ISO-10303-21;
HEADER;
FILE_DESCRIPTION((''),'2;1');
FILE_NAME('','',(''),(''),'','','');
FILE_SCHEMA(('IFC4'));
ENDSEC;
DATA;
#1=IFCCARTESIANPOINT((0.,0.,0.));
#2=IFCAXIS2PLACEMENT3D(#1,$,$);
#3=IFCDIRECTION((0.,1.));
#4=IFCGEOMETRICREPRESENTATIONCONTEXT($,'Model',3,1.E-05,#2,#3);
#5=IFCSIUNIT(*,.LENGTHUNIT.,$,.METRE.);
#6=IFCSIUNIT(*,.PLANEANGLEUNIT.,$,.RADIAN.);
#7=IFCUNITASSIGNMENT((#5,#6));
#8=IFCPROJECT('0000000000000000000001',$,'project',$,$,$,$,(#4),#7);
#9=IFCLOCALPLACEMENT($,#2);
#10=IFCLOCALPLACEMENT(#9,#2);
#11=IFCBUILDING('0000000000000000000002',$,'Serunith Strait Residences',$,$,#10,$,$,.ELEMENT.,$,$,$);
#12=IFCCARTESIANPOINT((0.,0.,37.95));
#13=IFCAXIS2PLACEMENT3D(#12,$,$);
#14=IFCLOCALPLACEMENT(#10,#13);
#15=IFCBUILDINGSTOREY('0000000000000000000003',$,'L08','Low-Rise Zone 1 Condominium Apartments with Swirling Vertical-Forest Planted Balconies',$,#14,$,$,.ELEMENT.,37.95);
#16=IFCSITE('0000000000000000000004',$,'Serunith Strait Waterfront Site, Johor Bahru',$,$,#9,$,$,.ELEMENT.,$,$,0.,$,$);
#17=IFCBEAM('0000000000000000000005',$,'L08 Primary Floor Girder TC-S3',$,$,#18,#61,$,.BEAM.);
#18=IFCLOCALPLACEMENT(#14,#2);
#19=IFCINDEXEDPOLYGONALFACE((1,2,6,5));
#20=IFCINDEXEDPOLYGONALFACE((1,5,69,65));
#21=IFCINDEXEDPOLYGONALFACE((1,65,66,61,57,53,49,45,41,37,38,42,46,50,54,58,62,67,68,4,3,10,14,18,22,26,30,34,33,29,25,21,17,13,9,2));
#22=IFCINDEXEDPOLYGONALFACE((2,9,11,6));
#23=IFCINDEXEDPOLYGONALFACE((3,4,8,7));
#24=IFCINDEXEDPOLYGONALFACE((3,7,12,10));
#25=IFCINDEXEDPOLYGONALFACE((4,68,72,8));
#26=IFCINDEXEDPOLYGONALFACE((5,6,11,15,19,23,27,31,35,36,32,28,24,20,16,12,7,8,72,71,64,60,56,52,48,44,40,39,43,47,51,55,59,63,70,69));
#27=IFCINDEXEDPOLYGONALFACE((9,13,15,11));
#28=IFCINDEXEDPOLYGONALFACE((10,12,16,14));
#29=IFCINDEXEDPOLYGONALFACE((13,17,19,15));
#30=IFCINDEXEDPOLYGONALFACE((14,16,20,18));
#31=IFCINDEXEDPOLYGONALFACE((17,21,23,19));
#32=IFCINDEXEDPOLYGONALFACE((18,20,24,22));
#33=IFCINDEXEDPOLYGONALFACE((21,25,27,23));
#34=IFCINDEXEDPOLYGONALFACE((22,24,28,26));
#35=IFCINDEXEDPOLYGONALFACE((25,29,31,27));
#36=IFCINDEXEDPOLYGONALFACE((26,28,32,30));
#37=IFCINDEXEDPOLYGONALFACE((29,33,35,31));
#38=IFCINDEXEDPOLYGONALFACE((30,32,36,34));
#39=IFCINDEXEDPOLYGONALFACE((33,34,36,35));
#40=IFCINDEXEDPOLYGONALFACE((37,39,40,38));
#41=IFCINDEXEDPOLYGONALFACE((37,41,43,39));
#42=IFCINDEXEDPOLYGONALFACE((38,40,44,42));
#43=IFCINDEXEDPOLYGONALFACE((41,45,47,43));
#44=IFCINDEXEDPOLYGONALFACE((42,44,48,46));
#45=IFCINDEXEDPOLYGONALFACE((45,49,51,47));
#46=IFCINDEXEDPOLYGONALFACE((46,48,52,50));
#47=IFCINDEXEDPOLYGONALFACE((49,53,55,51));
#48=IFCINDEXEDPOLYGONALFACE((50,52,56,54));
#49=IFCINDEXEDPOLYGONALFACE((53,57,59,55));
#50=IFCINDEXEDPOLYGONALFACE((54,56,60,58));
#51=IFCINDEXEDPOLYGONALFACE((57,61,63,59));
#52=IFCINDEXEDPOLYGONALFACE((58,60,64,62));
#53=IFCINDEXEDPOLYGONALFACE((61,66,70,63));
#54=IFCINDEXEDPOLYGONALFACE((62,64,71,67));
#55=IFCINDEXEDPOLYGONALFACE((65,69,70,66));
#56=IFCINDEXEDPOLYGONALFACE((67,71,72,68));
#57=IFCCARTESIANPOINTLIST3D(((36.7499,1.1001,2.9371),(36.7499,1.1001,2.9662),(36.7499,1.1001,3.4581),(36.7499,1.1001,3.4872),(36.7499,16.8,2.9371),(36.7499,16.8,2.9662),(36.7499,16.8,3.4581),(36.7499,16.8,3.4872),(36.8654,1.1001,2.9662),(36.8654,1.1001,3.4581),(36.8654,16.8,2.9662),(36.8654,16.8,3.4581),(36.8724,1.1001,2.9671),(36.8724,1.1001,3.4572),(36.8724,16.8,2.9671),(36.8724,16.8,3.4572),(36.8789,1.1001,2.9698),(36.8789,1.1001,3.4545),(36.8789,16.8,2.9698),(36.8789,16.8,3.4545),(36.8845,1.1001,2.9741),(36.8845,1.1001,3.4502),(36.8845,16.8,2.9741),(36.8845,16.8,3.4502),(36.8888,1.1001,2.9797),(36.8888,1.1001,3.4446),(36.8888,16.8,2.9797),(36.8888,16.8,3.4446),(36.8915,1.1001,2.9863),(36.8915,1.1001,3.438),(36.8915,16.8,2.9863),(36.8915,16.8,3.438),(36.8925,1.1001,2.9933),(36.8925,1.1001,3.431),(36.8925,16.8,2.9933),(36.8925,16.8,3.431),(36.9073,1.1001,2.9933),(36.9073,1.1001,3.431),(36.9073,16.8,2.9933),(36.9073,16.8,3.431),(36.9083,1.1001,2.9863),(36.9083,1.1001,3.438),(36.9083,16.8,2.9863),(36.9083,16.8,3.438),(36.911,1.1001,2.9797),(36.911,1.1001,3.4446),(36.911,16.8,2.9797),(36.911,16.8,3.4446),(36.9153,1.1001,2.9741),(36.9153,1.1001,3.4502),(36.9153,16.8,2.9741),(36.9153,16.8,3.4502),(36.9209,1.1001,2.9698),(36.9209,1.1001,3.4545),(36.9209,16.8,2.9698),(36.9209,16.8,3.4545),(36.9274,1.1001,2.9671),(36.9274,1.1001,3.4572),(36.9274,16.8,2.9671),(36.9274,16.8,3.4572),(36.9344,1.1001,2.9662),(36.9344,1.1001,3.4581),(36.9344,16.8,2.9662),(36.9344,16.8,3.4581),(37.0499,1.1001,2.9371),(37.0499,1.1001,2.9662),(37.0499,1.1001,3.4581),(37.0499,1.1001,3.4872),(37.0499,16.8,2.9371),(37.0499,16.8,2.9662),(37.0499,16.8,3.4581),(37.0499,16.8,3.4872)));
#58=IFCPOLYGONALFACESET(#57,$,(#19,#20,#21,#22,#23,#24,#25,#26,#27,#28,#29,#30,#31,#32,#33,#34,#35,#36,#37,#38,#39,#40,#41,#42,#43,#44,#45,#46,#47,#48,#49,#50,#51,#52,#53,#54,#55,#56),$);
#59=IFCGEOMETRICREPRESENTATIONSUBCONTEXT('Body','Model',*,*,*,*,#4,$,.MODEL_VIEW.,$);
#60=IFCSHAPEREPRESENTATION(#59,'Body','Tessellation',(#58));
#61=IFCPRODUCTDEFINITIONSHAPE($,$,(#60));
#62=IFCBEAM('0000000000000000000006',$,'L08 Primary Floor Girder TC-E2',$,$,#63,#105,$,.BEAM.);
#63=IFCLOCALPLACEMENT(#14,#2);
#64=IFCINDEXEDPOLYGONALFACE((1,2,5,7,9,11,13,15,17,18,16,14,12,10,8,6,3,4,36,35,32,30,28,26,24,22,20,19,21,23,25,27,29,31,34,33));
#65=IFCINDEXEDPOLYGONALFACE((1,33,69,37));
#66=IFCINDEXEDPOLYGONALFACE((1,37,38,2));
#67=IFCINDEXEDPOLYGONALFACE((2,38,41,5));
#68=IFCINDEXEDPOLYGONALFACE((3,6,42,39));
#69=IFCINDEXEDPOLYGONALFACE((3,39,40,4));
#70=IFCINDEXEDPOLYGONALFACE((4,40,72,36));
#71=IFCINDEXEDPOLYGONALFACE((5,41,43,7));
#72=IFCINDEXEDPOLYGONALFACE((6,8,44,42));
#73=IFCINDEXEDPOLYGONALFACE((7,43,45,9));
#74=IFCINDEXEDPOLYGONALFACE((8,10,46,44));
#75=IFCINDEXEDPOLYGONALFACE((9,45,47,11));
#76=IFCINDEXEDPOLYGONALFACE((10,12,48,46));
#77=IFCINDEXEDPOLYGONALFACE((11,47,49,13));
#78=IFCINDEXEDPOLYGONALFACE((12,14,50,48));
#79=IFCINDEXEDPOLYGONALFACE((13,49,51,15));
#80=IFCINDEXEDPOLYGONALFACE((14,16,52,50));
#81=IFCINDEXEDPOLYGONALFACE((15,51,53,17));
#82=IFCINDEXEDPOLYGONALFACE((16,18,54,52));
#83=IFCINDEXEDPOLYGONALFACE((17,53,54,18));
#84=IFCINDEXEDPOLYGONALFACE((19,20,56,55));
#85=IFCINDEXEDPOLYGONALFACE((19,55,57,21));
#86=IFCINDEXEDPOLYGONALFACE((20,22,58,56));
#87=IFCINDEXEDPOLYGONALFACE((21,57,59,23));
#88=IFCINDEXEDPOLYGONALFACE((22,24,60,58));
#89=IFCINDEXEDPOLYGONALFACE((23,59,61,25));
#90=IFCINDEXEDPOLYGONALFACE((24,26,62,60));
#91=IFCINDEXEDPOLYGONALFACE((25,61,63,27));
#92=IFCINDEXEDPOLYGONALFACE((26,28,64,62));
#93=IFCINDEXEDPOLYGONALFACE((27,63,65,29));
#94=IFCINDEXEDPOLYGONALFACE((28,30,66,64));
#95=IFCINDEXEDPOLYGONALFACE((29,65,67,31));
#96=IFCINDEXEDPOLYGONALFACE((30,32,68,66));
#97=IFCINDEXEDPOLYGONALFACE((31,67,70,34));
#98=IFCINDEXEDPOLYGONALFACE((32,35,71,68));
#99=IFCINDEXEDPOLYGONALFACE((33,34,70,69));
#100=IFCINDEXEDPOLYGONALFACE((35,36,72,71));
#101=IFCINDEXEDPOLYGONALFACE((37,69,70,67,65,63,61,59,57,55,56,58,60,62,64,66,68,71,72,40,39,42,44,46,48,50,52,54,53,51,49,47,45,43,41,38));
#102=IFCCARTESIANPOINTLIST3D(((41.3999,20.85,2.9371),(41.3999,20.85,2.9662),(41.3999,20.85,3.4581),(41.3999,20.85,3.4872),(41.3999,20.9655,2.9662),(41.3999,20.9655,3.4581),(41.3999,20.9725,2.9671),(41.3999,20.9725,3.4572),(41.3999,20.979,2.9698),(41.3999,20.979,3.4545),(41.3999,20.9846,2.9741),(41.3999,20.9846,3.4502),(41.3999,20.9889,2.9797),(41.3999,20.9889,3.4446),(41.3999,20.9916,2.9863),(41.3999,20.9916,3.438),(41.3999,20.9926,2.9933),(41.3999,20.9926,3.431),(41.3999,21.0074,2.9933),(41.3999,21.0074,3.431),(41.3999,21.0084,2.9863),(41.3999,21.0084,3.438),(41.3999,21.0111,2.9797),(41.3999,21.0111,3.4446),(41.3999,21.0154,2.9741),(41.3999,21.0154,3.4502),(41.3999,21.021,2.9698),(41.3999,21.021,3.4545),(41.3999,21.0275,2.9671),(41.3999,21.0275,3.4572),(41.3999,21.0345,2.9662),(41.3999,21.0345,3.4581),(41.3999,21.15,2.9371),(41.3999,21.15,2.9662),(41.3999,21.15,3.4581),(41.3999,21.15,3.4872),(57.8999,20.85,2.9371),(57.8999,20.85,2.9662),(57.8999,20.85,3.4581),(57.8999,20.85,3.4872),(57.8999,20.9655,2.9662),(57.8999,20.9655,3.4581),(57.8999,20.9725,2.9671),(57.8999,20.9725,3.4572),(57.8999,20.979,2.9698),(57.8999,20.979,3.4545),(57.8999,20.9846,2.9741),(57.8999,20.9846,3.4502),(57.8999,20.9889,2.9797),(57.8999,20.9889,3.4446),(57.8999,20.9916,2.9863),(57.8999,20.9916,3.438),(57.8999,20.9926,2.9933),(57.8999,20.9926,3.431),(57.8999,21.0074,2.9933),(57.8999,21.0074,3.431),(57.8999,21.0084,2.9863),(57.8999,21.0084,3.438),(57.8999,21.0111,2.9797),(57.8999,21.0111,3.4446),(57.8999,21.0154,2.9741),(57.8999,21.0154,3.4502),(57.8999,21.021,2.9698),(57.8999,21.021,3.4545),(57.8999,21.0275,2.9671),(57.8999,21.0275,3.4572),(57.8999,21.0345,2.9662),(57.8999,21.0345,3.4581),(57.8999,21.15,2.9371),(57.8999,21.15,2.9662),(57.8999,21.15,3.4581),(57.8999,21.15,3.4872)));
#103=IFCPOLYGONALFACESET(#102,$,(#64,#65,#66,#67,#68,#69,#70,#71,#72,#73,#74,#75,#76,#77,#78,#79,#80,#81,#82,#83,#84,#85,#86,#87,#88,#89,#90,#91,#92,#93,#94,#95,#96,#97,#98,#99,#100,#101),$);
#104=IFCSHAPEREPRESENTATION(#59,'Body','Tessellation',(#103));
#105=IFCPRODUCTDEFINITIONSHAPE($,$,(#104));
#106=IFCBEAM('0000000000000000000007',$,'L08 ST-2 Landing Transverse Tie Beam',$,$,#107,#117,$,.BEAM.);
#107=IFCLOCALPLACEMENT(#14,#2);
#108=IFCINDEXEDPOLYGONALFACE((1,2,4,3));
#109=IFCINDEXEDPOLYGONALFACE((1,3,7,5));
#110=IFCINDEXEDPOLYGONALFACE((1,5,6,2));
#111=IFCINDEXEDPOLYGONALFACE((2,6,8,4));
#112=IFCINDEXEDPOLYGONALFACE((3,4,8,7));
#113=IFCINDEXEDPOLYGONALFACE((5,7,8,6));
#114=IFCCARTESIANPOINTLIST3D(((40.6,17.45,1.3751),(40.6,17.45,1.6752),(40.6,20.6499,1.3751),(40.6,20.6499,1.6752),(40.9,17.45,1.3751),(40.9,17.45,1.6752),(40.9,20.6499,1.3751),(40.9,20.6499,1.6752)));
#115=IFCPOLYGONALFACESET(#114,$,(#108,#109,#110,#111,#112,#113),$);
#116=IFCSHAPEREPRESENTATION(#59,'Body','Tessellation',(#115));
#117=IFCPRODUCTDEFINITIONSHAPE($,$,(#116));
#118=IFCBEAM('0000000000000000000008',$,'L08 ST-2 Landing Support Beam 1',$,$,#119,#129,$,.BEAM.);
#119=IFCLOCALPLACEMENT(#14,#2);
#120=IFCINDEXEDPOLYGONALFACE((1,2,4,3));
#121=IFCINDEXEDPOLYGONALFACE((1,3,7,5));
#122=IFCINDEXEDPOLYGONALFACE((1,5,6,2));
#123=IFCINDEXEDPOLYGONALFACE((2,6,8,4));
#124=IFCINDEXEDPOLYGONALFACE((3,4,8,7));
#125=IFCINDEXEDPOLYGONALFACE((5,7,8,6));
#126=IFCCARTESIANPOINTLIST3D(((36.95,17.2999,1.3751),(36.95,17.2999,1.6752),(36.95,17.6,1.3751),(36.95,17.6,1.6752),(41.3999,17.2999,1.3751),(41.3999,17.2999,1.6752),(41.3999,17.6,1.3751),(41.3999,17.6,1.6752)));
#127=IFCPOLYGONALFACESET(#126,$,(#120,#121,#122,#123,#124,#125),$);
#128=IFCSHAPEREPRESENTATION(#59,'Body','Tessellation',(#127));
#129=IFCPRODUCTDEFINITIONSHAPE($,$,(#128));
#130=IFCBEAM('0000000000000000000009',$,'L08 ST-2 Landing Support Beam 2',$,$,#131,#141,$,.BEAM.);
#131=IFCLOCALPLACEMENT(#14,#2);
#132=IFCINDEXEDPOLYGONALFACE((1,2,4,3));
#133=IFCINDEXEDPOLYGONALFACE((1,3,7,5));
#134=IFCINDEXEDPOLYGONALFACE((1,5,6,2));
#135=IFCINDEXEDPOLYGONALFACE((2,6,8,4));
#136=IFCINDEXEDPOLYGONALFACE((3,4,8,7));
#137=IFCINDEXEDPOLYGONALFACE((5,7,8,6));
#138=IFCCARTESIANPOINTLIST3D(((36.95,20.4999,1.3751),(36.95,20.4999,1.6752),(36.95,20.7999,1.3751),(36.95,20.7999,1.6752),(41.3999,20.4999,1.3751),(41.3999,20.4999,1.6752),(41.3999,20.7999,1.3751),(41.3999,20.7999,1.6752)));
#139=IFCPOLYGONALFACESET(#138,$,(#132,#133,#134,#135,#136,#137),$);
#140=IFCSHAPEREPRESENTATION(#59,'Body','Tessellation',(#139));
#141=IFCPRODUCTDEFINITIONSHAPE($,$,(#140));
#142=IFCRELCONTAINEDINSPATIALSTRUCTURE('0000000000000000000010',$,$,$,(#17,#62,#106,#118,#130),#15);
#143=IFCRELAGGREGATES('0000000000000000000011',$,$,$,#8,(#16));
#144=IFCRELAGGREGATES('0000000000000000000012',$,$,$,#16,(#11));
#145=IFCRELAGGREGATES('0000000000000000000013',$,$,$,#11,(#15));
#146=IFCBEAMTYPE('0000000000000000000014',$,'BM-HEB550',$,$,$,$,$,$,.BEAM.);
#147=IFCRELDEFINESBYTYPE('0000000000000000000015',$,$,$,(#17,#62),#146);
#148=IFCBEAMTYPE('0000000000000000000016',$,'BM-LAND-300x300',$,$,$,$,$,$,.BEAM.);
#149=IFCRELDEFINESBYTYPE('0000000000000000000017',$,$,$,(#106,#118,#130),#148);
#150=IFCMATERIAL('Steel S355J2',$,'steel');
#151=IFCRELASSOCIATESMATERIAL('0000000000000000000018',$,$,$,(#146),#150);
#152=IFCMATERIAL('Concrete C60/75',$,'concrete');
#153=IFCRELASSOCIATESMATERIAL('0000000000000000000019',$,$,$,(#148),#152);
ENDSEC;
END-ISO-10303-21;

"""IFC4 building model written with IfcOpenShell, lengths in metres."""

from ifc_helpers import new_model, si_unit, direction, frame, origin, origin_2d, place, context, subcontext, project, spatial, rectangle, i_section, extrude, source, transform, mapped, material, material_profile, profile_set, type_object, element, save


model = new_model("IFC4")

# Units and contexts
model_context = context("Model", 3, precision=1e-05, world=origin(), true_north=direction((0.0, 1.0)))
body_context = subcontext(model_context, "Body", "Model", "MODEL_VIEW")
ifc_project = project(units=[si_unit("LENGTHUNIT", "METRE"), si_unit("PLANEANGLEUNIT", "RADIAN")], contexts=[model_context])

# Site, building, storey
site_placement = place(None, origin())
site = spatial("IfcSite", under=ifc_project, at=site_placement, Name="Serunith Strait Waterfront Site, Johor Bahru", CompositionType="ELEMENT", RefElevation=0.0)
building_placement = place(site_placement, origin())
building = spatial("IfcBuilding", under=site, at=building_placement, Name="Serunith Strait Residences", CompositionType="ELEMENT")
storey_placement = place(building_placement, frame((0.0, 0.0, 37.95)))
storey = spatial("IfcBuildingStorey", under=building, at=storey_placement, Name="L08", Description="Low-Rise Zone 1 Condominium Apartments with Swirling Vertical-Forest Planted Balconies", CompositionType="ELEMENT", Elevation=37.95)

# Beams
ifc_material_1 = material(Name="Steel S355J2", Category="steel")
ifc_material_profile_1 = material_profile(ifc_material_1, i_section(OverallWidth=0.3, OverallDepth=0.55, WebThickness=0.0149, FlangeThickness=0.0291, FilletRadius=0.0271, at=origin_2d()), Name="HEB 550")
ifc_profile_set_1 = profile_set([ifc_material_profile_1], Name="Steel S355J2")
beam_type_1 = type_object("IfcBeamType", Name="BM-HEB550", PredefinedType="BEAM", material=ifc_profile_set_1)
shared_shape_1 = source(origin(), body_context, "Body", "SweptSolid", [
    extrude(i_section(OverallWidth=0.3, OverallDepth=0.55, WebThickness=0.0149, FlangeThickness=0.0291, FilletRadius=0.0271, at=origin_2d()), origin(), (0.0, 0.0, 1.0), 15.7),
])
beam_1_placement = place(storey_placement, frame((36.8999, 16.8, 3.2122), z_axis=(0.0, -1.0, 0.0), x_axis=(1.0, 0.0, 0.0)))
element("IfcBeam", 1, at=beam_1_placement, inside=storey, type_object=beam_type_1, Name="L08 Primary Floor Girder TC-S3", PredefinedType="BEAM", context=body_context, shape_type="MappedRepresentation", body=[
    mapped(shared_shape_1, transform((0.0, 0.0, 0.0), scale=1.0)),
])
shared_shape_2 = source(origin(), body_context, "Body", "SweptSolid", [
    extrude(i_section(OverallWidth=0.3, OverallDepth=0.55, WebThickness=0.0149, FlangeThickness=0.0291, FilletRadius=0.0271, at=origin_2d()), origin(), (0.0, 0.0, 1.0), 16.5),
])
beam_2_placement = place(storey_placement, frame((41.3999, 21.0, 3.2122), z_axis=(1.0, 0.0, 0.0), x_axis=(0.0, 1.0, 0.0)))
element("IfcBeam", 2, at=beam_2_placement, inside=storey, type_object=beam_type_1, Name="L08 Primary Floor Girder TC-E2", PredefinedType="BEAM", context=body_context, shape_type="MappedRepresentation", body=[
    mapped(shared_shape_2, transform((0.0, 0.0, 0.0), scale=1.0)),
])
ifc_material_2 = material(Name="Concrete C60/75", Category="concrete")
ifc_material_profile_2 = material_profile(ifc_material_2, rectangle(XDim=0.3, YDim=0.3, at=origin_2d()), Name="RC 300x300")
ifc_profile_set_2 = profile_set([ifc_material_profile_2], Name="Concrete C60/75")
beam_type_2 = type_object("IfcBeamType", Name="BM-LAND-300x300", PredefinedType="BEAM", material=ifc_profile_set_2)
shared_shape_3 = source(origin(), body_context, "Body", "SweptSolid", [
    extrude(rectangle(XDim=0.3, YDim=0.3, at=origin_2d()), origin(), (0.0, 0.0, 1.0), 3.2),
])
beam_3_placement = place(storey_placement, frame((40.75, 17.45, 1.5251), z_axis=(0.0, 1.0, 0.0), x_axis=(-1.0, 0.0, 0.0)))
element("IfcBeam", 3, at=beam_3_placement, inside=storey, type_object=beam_type_2, Name="L08 ST-2 Landing Transverse Tie Beam", PredefinedType="BEAM", context=body_context, shape_type="MappedRepresentation", body=[
    mapped(shared_shape_3, transform((0.0, 0.0, 0.0), scale=1.0)),
])
shared_shape_4 = source(origin(), body_context, "Body", "SweptSolid", [
    extrude(rectangle(XDim=0.3, YDim=0.3, at=origin_2d()), origin(), (0.0, 0.0, 1.0), 4.45),
])
for number, where, z_axis, x_axis, name in (
    (4, (36.95, 17.45, 1.5251), (1.0, 0.0, 0.0), (0.0, 1.0, 0.0), "L08 ST-2 Landing Support Beam 1"),
    (5, (36.95, 20.6499, 1.5251), (1.0, 0.0, 0.0), (0.0, 1.0, 0.0), "L08 ST-2 Landing Support Beam 2"),
):
    element("IfcBeam", number, at=place(storey_placement, frame(where, z_axis=z_axis, x_axis=x_axis)), inside=storey, type_object=beam_type_2, Name=name, PredefinedType="BEAM", context=body_context, shape_type="MappedRepresentation", body=[
        mapped(shared_shape_4, transform((0.0, 0.0, 0.0), scale=1.0)),
    ])

save(model, "model.ifc")
